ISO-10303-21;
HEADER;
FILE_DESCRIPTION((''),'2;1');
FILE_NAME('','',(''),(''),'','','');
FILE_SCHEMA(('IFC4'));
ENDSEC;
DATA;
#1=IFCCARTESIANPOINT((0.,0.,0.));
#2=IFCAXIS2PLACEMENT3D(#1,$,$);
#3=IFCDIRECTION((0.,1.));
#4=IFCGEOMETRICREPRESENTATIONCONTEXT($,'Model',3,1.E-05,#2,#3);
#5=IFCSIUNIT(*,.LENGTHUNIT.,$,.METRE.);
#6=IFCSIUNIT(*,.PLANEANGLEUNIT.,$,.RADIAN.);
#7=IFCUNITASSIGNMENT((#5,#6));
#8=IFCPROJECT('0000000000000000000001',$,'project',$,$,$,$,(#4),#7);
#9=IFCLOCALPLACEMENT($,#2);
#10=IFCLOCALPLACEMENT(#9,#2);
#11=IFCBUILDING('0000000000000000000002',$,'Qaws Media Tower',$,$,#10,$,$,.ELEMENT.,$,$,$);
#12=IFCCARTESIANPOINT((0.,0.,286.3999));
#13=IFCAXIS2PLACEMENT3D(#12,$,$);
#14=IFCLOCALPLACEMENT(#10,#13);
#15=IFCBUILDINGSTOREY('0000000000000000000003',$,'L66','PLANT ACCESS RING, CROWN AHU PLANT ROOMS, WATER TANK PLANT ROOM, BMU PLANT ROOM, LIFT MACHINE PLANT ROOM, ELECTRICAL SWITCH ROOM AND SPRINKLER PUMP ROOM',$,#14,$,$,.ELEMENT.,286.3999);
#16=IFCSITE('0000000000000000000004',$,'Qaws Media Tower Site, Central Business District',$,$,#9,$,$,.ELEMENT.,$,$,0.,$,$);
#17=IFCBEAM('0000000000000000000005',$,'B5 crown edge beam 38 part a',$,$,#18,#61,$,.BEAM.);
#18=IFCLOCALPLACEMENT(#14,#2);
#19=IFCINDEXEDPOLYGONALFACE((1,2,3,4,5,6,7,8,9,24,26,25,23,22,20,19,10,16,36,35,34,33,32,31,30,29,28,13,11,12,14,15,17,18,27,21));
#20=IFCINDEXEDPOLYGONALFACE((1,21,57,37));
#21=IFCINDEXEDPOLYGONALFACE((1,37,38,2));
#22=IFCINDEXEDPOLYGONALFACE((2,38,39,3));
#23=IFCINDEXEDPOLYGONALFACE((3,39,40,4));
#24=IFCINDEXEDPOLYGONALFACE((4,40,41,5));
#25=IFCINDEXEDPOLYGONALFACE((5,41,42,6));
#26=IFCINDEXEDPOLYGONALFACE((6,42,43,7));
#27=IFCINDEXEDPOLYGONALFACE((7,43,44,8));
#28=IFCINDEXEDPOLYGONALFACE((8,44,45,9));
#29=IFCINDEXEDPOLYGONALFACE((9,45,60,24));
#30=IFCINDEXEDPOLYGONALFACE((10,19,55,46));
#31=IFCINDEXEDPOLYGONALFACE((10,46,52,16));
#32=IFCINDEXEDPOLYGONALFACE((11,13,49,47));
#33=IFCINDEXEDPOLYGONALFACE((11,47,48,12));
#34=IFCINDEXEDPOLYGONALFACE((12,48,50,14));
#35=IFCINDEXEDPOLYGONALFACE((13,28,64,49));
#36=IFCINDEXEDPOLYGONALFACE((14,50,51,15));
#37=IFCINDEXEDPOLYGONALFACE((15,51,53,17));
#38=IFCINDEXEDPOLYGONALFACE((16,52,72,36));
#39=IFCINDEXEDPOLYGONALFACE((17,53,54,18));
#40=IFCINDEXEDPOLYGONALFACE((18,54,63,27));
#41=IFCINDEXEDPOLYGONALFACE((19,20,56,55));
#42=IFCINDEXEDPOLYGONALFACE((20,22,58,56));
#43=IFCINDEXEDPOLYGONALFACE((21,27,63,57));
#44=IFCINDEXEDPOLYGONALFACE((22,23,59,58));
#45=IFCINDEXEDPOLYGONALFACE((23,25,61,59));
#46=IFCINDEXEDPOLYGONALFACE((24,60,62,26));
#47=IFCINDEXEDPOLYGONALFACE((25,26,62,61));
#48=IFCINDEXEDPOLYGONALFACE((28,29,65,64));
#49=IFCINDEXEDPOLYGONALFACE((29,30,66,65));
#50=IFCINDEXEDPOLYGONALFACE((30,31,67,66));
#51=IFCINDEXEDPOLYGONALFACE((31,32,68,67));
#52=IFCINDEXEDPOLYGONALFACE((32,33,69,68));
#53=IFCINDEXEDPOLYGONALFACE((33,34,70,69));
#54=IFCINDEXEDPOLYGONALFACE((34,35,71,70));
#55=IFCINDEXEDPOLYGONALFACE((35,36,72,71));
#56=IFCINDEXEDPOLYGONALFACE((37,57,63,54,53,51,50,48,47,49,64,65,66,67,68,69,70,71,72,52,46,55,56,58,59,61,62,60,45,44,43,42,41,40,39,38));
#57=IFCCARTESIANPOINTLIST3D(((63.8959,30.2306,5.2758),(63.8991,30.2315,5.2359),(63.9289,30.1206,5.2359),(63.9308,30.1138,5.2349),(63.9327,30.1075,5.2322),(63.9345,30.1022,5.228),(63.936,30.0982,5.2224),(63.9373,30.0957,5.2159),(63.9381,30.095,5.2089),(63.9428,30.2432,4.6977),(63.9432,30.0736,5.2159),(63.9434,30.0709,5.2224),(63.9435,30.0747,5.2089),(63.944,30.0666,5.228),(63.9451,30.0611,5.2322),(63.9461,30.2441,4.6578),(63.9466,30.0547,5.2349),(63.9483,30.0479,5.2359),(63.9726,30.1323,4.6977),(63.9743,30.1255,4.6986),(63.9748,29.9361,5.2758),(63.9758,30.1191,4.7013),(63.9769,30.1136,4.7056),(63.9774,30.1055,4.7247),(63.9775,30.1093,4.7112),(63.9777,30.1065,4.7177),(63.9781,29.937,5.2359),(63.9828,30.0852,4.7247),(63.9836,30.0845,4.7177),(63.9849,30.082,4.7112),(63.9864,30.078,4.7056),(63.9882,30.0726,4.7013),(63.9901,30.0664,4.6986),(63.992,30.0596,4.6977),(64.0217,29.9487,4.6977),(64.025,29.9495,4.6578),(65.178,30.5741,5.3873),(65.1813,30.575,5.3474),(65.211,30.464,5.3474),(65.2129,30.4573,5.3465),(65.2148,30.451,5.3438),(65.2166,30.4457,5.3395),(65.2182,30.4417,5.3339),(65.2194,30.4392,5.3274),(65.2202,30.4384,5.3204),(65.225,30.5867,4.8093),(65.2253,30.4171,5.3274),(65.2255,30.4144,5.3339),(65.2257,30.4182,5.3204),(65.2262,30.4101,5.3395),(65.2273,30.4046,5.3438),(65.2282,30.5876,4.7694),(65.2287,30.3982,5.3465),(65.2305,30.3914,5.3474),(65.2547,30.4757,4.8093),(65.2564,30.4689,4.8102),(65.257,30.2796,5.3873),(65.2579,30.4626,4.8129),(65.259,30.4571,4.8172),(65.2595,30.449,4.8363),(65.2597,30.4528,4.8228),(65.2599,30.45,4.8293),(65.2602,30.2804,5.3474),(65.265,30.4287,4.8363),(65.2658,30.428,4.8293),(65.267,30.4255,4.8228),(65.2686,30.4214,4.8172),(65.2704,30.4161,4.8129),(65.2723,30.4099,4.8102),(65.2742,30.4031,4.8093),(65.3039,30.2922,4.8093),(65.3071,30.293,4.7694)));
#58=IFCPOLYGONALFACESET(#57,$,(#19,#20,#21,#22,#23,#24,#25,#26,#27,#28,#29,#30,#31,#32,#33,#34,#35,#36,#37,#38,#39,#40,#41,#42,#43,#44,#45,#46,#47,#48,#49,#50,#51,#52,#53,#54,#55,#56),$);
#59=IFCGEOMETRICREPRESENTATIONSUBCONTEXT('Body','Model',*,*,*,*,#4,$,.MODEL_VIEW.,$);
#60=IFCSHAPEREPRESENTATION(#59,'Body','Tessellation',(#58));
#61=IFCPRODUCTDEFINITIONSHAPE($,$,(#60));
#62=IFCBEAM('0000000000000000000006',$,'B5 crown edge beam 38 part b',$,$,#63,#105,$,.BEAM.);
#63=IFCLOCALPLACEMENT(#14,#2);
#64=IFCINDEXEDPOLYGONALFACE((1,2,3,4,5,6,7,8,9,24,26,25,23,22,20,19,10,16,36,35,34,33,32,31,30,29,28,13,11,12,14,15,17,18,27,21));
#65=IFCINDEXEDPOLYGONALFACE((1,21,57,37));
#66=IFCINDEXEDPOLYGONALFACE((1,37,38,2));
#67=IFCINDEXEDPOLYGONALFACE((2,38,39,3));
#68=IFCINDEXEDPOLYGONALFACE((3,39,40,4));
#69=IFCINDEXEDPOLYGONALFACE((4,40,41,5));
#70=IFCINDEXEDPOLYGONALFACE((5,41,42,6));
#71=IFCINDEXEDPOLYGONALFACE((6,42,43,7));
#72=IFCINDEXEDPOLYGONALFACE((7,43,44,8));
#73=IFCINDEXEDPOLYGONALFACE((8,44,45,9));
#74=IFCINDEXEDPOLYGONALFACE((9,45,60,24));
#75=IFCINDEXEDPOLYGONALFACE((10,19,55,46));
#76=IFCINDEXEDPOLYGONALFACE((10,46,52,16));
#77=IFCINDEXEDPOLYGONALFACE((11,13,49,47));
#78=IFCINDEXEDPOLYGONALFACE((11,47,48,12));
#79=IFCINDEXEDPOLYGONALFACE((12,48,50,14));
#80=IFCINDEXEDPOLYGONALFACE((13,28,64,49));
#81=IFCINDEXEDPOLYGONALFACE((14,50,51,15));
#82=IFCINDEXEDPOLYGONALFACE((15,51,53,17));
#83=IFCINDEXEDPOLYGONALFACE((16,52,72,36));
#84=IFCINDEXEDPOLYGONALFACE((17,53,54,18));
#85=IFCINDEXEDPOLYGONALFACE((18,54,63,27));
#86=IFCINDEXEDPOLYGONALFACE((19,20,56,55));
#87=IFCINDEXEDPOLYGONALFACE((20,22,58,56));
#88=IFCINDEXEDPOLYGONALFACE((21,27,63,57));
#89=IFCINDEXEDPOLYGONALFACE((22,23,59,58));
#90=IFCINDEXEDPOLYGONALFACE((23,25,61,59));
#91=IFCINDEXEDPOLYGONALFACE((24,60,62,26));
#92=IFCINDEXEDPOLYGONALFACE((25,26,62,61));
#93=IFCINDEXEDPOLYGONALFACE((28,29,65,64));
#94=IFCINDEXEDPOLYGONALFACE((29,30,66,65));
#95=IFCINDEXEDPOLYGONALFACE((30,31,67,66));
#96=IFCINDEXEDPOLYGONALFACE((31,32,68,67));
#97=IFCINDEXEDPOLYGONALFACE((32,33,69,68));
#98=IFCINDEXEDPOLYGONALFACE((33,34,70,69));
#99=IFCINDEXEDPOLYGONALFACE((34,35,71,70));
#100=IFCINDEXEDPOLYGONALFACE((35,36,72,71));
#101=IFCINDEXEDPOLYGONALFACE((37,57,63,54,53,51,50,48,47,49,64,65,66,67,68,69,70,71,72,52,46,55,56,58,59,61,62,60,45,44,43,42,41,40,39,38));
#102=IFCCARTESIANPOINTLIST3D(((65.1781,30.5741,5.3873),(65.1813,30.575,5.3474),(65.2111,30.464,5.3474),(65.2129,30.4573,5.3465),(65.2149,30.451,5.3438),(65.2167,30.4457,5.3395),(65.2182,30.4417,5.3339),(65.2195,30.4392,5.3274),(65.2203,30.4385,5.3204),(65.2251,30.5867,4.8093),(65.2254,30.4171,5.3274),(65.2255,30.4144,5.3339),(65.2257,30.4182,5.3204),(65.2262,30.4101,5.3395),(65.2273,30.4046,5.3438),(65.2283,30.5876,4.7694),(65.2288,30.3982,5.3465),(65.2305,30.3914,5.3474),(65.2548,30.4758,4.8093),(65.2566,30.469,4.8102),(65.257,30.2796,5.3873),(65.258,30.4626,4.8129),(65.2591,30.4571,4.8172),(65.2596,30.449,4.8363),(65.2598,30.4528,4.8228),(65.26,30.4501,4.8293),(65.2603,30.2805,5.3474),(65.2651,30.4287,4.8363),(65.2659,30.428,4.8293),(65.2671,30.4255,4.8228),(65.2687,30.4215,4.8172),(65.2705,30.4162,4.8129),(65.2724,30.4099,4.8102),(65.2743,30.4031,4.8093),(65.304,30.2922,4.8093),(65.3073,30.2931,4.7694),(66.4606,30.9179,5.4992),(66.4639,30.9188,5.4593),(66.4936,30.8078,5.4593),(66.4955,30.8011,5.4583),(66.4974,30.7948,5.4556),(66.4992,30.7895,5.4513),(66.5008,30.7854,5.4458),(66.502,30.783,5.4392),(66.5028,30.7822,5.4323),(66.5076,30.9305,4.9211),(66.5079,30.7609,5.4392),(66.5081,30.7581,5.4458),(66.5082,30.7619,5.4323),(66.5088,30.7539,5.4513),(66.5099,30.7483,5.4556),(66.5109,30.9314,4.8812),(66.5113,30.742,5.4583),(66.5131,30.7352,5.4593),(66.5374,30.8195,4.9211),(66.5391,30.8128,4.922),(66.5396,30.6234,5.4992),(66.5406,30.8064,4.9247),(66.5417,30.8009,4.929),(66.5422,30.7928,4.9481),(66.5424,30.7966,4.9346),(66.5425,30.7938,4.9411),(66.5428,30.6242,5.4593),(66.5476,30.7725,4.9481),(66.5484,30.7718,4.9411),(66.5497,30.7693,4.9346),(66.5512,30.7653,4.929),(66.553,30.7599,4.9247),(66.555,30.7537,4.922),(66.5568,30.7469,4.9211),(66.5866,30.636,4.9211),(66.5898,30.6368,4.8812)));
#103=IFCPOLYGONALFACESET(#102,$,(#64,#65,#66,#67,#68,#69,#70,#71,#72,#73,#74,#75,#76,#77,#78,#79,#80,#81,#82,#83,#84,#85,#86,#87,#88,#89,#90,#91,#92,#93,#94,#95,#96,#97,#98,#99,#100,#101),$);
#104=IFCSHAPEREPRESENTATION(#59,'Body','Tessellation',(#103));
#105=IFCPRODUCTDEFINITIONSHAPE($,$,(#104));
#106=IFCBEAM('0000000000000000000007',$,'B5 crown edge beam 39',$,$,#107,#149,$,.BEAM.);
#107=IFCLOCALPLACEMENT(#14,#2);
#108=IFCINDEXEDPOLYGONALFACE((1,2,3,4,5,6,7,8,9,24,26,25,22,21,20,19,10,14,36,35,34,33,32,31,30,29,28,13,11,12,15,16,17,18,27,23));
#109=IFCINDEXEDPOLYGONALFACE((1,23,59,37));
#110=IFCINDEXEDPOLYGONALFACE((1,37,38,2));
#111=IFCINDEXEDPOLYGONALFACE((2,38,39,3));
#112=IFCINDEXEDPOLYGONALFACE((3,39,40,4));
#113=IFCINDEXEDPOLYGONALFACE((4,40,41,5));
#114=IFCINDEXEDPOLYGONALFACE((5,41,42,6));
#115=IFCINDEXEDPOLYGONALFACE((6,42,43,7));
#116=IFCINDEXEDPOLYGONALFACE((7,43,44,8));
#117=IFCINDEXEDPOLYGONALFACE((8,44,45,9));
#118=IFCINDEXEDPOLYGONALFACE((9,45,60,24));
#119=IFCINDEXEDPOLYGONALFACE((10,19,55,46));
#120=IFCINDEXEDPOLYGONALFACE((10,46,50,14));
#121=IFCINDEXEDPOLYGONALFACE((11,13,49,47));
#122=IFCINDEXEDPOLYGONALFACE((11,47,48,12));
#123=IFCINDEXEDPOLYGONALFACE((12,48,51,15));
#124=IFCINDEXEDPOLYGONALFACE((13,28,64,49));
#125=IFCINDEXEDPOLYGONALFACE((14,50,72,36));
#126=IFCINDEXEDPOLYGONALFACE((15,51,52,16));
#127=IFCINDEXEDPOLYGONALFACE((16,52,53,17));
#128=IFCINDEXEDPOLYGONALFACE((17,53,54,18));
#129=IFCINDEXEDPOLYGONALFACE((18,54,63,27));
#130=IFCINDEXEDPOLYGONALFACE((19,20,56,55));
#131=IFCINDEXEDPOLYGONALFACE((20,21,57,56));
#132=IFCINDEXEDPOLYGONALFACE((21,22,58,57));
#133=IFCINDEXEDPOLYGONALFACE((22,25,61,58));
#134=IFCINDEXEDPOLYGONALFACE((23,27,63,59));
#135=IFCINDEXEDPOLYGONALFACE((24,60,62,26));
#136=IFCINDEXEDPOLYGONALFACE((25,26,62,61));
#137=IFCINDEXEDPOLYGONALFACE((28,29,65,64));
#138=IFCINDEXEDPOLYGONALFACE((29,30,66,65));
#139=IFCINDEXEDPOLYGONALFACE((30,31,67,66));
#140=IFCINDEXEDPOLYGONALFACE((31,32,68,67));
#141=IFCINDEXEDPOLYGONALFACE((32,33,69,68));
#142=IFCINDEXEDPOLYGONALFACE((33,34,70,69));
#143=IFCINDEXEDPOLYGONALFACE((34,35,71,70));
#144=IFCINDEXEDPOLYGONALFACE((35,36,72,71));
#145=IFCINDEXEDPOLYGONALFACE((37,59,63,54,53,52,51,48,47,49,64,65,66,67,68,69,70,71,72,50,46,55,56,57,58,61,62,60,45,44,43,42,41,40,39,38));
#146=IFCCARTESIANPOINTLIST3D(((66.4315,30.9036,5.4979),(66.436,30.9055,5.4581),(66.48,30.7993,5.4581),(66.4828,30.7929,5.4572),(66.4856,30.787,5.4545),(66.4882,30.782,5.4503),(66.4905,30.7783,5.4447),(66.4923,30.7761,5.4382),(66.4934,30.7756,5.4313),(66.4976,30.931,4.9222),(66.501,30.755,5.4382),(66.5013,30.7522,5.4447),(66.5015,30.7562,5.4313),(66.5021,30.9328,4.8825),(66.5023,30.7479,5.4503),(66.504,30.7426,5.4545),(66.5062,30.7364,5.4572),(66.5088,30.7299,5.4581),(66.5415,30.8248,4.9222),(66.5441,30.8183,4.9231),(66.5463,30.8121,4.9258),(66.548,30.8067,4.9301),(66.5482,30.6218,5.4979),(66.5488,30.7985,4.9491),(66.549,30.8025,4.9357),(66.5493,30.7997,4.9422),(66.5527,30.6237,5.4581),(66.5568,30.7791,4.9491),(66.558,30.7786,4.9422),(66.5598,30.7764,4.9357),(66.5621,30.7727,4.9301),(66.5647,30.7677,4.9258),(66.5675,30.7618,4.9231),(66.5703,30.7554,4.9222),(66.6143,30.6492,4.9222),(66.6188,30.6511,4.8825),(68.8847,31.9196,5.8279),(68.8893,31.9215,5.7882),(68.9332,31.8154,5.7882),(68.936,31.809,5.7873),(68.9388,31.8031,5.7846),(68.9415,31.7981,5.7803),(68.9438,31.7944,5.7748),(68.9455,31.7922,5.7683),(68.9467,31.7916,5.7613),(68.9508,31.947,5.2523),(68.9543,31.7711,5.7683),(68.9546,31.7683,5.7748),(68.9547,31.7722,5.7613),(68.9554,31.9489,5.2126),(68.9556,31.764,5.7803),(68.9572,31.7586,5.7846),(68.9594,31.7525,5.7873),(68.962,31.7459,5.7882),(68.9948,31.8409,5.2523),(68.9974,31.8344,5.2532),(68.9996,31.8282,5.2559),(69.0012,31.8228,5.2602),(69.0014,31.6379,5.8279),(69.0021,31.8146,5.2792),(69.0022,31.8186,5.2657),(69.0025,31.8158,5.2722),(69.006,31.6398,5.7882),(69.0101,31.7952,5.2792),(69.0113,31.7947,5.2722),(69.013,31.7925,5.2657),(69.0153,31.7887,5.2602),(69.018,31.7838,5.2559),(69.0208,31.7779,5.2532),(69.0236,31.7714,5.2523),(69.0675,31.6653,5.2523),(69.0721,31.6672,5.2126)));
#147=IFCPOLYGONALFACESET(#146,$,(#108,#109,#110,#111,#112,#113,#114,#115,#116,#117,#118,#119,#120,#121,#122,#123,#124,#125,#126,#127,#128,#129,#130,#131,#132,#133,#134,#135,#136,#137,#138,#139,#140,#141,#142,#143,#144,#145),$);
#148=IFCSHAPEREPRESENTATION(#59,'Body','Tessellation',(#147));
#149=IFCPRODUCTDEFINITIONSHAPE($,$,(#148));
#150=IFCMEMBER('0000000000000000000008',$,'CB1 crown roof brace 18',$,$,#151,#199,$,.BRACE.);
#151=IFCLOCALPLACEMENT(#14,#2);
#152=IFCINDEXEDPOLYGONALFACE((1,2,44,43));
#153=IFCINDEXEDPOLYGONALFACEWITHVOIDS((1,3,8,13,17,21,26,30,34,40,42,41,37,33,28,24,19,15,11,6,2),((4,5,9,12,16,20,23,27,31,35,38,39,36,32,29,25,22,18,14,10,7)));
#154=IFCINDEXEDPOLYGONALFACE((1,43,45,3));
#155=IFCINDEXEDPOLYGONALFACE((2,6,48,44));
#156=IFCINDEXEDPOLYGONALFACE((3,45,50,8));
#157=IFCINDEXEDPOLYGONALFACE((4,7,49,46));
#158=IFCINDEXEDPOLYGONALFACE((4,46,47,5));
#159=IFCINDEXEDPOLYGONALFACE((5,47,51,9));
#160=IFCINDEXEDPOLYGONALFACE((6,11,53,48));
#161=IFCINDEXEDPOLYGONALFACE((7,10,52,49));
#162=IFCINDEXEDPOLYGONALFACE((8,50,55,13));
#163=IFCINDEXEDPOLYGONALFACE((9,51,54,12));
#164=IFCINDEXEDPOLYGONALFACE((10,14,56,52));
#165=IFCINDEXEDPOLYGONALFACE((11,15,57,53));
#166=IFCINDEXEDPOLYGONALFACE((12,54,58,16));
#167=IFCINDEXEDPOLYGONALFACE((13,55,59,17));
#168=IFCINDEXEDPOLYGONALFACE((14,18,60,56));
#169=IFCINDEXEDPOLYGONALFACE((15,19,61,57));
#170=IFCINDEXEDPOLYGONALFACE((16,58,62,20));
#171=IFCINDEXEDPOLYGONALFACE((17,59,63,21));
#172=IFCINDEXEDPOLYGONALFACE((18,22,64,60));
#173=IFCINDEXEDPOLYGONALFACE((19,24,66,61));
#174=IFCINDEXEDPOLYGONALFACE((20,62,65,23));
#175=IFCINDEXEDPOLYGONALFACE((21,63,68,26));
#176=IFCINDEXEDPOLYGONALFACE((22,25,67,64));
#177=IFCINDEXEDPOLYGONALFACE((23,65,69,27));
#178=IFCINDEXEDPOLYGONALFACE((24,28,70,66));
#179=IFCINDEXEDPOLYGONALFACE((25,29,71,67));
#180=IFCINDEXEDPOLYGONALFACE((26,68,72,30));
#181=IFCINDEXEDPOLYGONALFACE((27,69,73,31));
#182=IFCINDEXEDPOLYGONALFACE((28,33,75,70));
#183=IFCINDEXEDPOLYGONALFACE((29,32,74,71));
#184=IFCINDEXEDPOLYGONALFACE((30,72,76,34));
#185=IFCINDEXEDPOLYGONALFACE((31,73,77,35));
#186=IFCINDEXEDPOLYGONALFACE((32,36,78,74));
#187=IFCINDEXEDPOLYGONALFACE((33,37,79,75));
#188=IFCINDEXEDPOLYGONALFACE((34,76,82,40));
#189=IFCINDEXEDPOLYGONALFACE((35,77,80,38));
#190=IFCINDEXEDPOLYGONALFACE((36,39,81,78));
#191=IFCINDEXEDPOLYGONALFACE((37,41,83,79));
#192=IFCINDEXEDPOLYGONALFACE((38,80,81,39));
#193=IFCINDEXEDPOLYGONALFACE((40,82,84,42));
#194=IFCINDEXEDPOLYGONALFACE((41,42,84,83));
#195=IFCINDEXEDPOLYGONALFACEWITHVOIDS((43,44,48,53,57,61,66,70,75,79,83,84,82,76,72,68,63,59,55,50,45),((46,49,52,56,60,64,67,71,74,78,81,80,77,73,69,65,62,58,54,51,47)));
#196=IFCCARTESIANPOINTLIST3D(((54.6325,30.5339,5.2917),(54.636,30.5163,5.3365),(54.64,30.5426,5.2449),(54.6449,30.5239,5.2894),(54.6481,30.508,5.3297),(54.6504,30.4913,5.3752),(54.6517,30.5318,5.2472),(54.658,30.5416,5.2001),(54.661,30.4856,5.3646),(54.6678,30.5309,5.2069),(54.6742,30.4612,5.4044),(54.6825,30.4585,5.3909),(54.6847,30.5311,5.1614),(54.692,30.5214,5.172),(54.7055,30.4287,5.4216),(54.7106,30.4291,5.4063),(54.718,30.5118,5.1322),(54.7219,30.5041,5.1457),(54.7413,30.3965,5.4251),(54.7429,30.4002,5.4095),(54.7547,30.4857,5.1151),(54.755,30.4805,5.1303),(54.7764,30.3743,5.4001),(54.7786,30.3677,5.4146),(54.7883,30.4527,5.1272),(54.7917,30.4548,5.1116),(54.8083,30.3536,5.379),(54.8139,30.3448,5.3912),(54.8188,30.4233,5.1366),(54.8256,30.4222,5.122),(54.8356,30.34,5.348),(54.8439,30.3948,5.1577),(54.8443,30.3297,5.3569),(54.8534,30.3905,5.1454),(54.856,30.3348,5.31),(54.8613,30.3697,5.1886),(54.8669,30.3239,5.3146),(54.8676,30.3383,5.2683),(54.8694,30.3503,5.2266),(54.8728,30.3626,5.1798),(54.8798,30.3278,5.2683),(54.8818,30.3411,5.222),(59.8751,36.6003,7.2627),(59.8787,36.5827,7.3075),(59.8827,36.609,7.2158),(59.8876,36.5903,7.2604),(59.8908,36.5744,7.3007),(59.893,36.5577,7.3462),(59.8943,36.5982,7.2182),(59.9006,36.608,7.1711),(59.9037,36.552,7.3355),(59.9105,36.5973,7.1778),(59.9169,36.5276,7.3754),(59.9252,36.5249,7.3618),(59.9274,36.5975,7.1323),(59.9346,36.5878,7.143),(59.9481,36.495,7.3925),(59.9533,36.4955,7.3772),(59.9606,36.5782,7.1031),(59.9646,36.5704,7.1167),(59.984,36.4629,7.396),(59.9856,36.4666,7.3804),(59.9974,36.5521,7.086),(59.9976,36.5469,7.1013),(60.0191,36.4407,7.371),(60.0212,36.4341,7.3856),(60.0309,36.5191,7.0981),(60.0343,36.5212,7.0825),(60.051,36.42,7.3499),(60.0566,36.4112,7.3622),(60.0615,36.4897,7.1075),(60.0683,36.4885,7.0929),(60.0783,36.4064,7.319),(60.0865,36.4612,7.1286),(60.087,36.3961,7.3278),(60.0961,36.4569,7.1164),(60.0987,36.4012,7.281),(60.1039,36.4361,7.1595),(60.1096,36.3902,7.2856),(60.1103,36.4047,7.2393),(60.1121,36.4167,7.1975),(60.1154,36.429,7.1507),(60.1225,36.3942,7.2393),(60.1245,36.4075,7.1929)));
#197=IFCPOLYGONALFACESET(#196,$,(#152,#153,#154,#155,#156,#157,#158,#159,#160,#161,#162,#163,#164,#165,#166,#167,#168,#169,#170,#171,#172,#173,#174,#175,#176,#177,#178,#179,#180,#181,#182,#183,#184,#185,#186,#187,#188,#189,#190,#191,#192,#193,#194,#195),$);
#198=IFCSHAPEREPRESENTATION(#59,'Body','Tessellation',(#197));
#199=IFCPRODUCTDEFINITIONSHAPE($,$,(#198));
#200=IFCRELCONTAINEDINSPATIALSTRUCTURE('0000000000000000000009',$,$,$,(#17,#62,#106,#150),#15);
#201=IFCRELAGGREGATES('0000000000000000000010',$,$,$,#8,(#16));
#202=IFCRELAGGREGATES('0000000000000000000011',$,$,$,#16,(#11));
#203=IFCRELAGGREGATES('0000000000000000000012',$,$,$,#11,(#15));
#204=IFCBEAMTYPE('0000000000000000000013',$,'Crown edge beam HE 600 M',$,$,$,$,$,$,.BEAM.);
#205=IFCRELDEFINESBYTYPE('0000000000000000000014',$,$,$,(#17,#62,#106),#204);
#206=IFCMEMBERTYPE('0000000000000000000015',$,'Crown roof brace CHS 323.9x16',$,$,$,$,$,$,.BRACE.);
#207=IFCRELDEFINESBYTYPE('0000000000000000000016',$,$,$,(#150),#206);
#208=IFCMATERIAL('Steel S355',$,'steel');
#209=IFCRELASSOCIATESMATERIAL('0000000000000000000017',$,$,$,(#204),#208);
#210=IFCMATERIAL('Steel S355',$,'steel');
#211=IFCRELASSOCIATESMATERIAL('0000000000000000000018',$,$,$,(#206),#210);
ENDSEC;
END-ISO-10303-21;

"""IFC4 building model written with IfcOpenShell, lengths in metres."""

from ifc_helpers import new_model, si_unit, direction, frame, origin, origin_2d, place, context, subcontext, project, spatial, hollow_circle, i_section, extrude, material, material_profile, profile_set, type_object, element, save


model = new_model("IFC4")

# Units and contexts
model_context = context("Model", 3, precision=1e-05, world=origin(), true_north=direction((0.0, 1.0)))
body_context = subcontext(model_context, "Body", "Model", "MODEL_VIEW")
ifc_project = project(units=[si_unit("LENGTHUNIT", "METRE"), si_unit("PLANEANGLEUNIT", "RADIAN")], contexts=[model_context])

# Site, building, storey
site_placement = place(None, origin())
site = spatial("IfcSite", under=ifc_project, at=site_placement, Name="Qaws Media Tower Site, Central Business District", CompositionType="ELEMENT", RefElevation=0.0)
building_placement = place(site_placement, origin())
building = spatial("IfcBuilding", under=site, at=building_placement, Name="Qaws Media Tower", CompositionType="ELEMENT")
storey_placement = place(building_placement, frame((0.0, 0.0, 286.3999)))
storey = spatial("IfcBuildingStorey", under=building, at=storey_placement, Name="L66", Description="PLANT ACCESS RING, CROWN AHU PLANT ROOMS, WATER TANK PLANT ROOM, BMU PLANT ROOM, LIFT MACHINE PLANT ROOM, ELECTRICAL SWITCH ROOM AND SPRINKLER PUMP ROOM", CompositionType="ELEMENT", Elevation=286.3999)

# Beams
ifc_material_1 = material(Name="Steel S355", Category="steel")
ifc_material_profile_1 = material_profile(ifc_material_1, i_section(OverallWidth=0.3049, OverallDepth=0.6201, WebThickness=0.021, FlangeThickness=0.04, FilletRadius=0.0271, at=origin_2d()), Name="HE 600 M")
ifc_profile_set_1 = profile_set([ifc_material_profile_1], Name="Steel S355")
beam_type_1 = type_object("IfcBeamType", Name="Crown edge beam HE 600 M", PredefinedType="BEAM", material=ifc_profile_set_1)
beam_1_placement = place(storey_placement, frame((63.9604, 30.0901, 4.9668), z_axis=(0.962544, 0.257864, 0.083755), x_axis=(-0.258773, 0.965938, 0.0)))
element("IfcBeam", 1, at=beam_1_placement, inside=storey, type_object=beam_type_1, Name="B5 crown edge beam 38 part a", PredefinedType="BEAM", context=body_context, shape_type="SweptSolid", body=[
    extrude(i_section(OverallWidth=0.3049, OverallDepth=0.6201, WebThickness=0.021, FlangeThickness=0.04, FilletRadius=0.0271, at=origin_2d()), origin(), (0.0, 0.0, 1.0), 1.332),
])
beam_2_placement = place(storey_placement, frame((65.2427, 30.4336, 5.0784), z_axis=(0.962497, 0.257985, 0.083918), x_axis=(-0.258898, 0.965905, 0.0)))
element("IfcBeam", 2, at=beam_2_placement, inside=storey, type_object=beam_type_1, Name="B5 crown edge beam 38 part b", PredefinedType="BEAM", context=body_context, shape_type="SweptSolid", body=[
    extrude(i_section(OverallWidth=0.3049, OverallDepth=0.6201, WebThickness=0.021, FlangeThickness=0.04, FilletRadius=0.0271, at=origin_2d()), origin(), (0.0, 0.0, 1.0), 1.3325),
])
beam_3_placement = place(storey_placement, frame((66.5251, 30.7773, 5.1902), z_axis=(0.916838, 0.379727, 0.123352), x_axis=(-0.38265, 0.923894, 0.0)))
element("IfcBeam", 3, at=beam_3_placement, inside=storey, type_object=beam_type_1, Name="B5 crown edge beam 39", PredefinedType="BEAM", context=body_context, shape_type="SweptSolid", body=[
    extrude(i_section(OverallWidth=0.3049, OverallDepth=0.6201, WebThickness=0.021, FlangeThickness=0.04, FilletRadius=0.0271, at=origin_2d()), origin(), (0.0, 0.0, 1.0), 2.6758),
])

# Member
ifc_material_2 = material(Name="Steel S355", Category="steel")
ifc_material_profile_2 = material_profile(ifc_material_2, hollow_circle(Radius=0.1619, WallThickness=0.0161, at=origin_2d()), Name="CHS 323.9x16")
ifc_profile_set_2 = profile_set([ifc_material_profile_2], Name="Steel S355")
member_type_1 = type_object("IfcMemberType", Name="Crown roof brace CHS 323.9x16", PredefinedType="BRACE", material=ifc_profile_set_2)
for number, where, z_axis, x_axis, name in (
    (4, (60.0, 36.5, 7.2393), (-0.634967, -0.734734, -0.238712), (0.756607, -0.65387, 0.0), "CB1 crown roof brace 18"),
):
    element("IfcMember", number, at=place(storey_placement, frame(where, z_axis=z_axis, x_axis=x_axis)), inside=storey, type_object=member_type_1, Name=name, PredefinedType="BRACE", context=body_context, shape_type="SweptSolid", body=[
        extrude(hollow_circle(Radius=0.1619, WallThickness=0.0161, at=origin_2d()), origin(), (0.0, 0.0, 1.0), 8.2566),
    ])

save(model, "model.ifc")
